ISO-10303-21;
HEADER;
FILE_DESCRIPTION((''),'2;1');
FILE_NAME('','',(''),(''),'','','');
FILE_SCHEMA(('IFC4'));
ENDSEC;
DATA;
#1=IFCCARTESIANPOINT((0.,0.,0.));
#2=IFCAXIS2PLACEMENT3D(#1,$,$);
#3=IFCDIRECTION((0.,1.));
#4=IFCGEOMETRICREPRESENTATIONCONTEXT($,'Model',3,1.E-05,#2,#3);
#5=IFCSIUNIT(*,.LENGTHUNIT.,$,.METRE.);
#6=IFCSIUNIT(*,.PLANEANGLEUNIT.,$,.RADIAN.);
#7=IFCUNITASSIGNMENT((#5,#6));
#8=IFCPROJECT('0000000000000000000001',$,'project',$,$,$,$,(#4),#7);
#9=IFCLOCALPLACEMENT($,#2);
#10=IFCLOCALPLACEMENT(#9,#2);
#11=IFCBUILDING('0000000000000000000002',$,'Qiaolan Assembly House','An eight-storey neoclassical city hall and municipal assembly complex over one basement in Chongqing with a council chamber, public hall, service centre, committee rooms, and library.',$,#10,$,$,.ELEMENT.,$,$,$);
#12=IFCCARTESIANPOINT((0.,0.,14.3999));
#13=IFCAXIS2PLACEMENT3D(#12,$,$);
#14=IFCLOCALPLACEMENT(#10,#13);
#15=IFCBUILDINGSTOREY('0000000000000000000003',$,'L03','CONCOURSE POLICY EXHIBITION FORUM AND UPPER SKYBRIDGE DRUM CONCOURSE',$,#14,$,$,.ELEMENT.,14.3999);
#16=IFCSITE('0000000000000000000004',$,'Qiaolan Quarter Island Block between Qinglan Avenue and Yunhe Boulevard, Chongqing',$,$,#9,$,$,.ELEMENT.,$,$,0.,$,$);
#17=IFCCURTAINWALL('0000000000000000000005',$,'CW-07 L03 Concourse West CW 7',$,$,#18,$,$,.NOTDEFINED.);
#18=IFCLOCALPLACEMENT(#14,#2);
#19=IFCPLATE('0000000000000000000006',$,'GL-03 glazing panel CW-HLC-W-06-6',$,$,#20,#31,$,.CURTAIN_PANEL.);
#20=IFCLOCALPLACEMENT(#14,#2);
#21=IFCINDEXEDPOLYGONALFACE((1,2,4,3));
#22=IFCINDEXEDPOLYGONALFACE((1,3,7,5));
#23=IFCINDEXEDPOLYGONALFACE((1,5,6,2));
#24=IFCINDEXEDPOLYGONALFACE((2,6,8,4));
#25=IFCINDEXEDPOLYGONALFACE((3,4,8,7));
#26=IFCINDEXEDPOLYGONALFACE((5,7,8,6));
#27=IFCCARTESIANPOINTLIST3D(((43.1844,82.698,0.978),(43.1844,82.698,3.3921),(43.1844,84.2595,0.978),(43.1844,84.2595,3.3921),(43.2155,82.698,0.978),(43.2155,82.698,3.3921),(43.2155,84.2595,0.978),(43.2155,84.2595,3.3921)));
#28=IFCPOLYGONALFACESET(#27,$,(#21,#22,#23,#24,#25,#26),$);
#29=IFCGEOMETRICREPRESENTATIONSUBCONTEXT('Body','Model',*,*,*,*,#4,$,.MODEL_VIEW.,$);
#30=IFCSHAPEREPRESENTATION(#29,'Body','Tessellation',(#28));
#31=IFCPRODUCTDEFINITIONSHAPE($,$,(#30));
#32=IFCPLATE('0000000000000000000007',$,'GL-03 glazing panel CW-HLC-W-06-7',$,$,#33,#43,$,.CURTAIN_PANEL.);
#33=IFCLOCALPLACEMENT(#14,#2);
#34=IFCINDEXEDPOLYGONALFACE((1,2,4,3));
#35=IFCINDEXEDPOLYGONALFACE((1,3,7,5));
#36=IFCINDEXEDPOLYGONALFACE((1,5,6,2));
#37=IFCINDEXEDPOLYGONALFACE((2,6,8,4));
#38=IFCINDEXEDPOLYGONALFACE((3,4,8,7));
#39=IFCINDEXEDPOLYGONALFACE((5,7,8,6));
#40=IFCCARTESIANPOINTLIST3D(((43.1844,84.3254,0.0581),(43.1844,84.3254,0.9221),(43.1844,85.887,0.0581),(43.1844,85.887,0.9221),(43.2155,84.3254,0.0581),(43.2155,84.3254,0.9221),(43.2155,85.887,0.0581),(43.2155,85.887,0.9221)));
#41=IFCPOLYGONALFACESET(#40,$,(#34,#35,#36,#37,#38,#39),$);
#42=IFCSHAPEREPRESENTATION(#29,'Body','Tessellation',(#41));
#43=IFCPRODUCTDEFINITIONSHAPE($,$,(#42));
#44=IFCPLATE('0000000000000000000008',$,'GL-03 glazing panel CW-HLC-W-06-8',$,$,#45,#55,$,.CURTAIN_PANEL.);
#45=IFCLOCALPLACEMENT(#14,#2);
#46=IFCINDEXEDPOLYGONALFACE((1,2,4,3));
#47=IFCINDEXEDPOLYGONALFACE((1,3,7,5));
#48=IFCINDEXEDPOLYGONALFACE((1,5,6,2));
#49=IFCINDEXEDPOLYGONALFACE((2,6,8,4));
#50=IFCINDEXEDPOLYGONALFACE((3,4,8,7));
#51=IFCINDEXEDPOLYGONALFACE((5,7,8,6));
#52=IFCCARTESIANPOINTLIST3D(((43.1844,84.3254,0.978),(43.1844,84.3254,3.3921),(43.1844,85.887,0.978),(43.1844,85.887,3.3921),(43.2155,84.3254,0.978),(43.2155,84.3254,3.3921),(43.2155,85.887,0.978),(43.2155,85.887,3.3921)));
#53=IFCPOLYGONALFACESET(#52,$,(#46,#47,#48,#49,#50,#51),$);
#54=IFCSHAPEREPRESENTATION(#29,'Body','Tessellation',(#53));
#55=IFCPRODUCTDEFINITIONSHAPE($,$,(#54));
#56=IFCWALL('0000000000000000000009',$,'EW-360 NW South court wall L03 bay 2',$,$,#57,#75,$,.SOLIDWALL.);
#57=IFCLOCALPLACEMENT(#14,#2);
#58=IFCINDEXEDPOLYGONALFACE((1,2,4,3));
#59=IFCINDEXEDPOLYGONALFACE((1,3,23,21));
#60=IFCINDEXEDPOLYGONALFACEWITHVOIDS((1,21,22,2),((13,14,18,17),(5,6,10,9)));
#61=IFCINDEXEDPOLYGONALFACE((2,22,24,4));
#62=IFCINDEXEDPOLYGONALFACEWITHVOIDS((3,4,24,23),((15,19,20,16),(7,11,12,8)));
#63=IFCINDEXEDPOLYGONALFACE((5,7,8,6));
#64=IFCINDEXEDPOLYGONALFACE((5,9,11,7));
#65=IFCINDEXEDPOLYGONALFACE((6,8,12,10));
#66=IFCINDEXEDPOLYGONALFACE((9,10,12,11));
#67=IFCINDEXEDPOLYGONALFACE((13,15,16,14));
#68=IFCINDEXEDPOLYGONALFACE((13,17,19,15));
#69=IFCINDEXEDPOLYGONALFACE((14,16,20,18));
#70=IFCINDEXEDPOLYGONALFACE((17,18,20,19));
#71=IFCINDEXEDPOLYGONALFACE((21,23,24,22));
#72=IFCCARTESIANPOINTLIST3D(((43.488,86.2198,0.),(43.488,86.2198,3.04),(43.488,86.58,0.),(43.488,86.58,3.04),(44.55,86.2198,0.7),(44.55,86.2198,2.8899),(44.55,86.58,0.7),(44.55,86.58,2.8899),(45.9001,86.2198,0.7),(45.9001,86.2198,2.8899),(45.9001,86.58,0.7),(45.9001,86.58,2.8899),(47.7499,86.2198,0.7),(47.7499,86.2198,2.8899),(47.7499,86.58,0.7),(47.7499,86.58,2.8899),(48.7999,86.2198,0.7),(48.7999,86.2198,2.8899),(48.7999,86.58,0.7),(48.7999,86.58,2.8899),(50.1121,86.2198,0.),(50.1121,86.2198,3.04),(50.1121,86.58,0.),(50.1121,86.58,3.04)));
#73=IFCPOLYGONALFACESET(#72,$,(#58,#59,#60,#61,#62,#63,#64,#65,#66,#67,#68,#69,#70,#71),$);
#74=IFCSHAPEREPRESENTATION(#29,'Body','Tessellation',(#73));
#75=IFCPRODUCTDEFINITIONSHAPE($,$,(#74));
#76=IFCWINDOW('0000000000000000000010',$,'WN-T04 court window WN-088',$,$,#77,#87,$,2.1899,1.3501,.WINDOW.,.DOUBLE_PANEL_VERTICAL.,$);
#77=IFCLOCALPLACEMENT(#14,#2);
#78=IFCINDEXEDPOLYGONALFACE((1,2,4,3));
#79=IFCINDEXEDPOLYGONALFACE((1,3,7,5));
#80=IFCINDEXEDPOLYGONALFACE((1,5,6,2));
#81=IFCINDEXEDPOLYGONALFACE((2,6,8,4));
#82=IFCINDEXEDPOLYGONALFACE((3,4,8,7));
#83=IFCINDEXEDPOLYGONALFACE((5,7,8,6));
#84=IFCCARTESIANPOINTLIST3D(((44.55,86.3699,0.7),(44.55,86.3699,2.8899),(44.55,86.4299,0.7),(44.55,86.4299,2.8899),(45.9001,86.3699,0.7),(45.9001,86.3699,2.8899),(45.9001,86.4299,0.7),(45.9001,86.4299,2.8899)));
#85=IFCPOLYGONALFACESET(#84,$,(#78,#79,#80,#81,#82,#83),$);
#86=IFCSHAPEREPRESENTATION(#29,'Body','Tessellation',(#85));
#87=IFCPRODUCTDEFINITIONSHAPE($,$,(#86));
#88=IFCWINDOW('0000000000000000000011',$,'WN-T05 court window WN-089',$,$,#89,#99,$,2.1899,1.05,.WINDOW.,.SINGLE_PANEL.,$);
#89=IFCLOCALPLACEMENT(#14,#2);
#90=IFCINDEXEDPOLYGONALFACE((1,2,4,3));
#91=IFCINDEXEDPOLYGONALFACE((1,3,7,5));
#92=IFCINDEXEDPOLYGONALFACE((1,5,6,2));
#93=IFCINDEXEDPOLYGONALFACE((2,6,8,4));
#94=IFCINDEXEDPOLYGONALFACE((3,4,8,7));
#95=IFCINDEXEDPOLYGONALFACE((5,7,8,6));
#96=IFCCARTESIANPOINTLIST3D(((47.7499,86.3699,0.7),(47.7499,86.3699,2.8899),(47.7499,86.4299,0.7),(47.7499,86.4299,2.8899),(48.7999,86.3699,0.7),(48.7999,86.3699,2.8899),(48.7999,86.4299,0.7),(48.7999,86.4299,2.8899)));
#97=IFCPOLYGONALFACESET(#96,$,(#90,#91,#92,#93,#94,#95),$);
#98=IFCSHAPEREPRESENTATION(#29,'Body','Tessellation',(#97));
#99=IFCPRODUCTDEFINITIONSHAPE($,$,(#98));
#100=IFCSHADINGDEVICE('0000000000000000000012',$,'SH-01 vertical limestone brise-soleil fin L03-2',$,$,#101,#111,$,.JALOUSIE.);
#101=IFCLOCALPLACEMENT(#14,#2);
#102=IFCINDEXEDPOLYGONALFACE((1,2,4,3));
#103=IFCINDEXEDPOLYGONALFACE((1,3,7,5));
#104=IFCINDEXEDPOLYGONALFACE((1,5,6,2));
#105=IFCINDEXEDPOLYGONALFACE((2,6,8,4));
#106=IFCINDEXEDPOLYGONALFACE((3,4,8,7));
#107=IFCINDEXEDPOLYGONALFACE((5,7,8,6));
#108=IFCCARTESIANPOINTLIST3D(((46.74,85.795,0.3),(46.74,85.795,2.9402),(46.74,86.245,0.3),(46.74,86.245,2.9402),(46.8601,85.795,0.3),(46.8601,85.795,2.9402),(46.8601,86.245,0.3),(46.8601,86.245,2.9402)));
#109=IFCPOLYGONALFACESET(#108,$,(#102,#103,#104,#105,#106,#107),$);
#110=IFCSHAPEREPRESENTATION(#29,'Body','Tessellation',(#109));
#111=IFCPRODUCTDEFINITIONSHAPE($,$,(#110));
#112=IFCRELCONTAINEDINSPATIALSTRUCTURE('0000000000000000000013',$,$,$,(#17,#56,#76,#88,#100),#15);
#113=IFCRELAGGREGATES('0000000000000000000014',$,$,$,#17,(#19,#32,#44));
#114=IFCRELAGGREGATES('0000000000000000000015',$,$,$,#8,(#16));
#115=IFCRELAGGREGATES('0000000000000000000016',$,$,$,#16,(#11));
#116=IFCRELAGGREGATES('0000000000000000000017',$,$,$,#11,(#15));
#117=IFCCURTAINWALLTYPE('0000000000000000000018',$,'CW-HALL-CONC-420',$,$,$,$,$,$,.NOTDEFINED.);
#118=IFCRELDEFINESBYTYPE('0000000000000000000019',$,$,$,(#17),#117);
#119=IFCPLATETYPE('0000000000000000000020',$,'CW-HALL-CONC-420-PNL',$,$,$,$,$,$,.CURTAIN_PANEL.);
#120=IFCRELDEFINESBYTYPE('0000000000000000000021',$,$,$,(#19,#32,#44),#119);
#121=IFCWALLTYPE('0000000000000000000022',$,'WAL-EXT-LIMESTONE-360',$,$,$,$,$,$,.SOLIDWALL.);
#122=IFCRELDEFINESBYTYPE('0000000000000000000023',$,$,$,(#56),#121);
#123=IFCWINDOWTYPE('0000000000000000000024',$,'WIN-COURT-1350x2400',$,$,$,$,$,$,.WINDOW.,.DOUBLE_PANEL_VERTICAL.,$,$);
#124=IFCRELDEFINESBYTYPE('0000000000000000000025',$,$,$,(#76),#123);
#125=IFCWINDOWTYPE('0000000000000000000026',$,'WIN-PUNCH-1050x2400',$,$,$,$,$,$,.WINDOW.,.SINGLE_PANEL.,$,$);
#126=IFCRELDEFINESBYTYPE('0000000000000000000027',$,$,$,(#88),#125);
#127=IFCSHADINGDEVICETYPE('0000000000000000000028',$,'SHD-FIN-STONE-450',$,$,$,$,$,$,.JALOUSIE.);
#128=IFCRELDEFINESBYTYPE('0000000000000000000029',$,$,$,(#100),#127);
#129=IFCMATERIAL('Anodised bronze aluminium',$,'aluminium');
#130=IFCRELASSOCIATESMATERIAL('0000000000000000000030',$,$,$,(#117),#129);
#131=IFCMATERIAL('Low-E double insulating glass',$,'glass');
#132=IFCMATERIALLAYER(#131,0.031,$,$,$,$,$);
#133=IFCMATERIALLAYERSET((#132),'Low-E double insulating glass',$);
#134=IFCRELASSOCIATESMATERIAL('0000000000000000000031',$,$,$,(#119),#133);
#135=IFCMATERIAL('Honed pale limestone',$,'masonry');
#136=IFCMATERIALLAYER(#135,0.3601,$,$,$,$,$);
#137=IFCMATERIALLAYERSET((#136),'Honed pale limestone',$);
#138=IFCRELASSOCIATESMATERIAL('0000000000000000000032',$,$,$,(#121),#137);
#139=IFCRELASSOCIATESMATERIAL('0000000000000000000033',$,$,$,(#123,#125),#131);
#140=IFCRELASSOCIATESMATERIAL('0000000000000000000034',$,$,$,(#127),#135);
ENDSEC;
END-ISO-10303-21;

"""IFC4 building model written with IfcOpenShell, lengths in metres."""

from ifc_helpers import new_model, si_unit, direction, frame, frame_2d, origin, origin_2d, place, context, subcontext, project, spatial, rectangle, extrude, material, layer, layer_set, material_profile, profile_set, type_object, element, fill, aggregate, save


model = new_model("IFC4")

# Units and contexts
model_context = context("Model", 3, precision=1e-05, world=origin(), true_north=direction((0.0, 1.0)))
body_context = subcontext(model_context, "Body", "Model", "MODEL_VIEW")
ifc_project = project(units=[si_unit("LENGTHUNIT", "METRE"), si_unit("PLANEANGLEUNIT", "RADIAN")], contexts=[model_context])

# Site, building, storey
site_placement = place(None, origin())
site = spatial("IfcSite", under=ifc_project, at=site_placement, Name="Qiaolan Quarter Island Block between Qinglan Avenue and Yunhe Boulevard, Chongqing", CompositionType="ELEMENT", RefElevation=0.0)
building_placement = place(site_placement, origin())
building = spatial("IfcBuilding", under=site, at=building_placement, Name="Qiaolan Assembly House", Description="An eight-storey neoclassical city hall and municipal assembly complex over one basement in Chongqing with a council chamber, public hall, service centre, committee rooms, and library.", CompositionType="ELEMENT")
storey_placement = place(building_placement, frame((0.0, 0.0, 14.3999)))
storey = spatial("IfcBuildingStorey", under=building, at=storey_placement, Name="L03", Description="CONCOURSE POLICY EXHIBITION FORUM AND UPPER SKYBRIDGE DRUM CONCOURSE", CompositionType="ELEMENT", Elevation=14.3999)

# Curtain wall, plates
ifc_material_1 = material(Name="Anodised bronze aluminium", Category="aluminium")
curtain_wall_type = type_object("IfcCurtainWallType", Name="CW-HALL-CONC-420", PredefinedType="NOTDEFINED", material=ifc_material_1)
curtain_wall_placement = place(storey_placement, origin())
curtain_wall = element("IfcCurtainWall", 1, at=curtain_wall_placement, inside=storey, type_object=curtain_wall_type, Name="CW-07 L03 Concourse West CW 7", PredefinedType="NOTDEFINED")
ifc_material_2 = material(Name="Low-E double insulating glass", Category="glass")
ifc_layer_1 = layer(ifc_material_2, 0.031)
ifc_layer_set_1 = layer_set([ifc_layer_1], Name="Low-E double insulating glass")
plate_type = type_object("IfcPlateType", Name="CW-HALL-CONC-420-PNL", PredefinedType="CURTAIN_PANEL", material=ifc_layer_set_1)
plate_1_placement = place(storey_placement, frame((43.2, 82.698, 0.978), z_axis=(0.0, 0.0, 1.0), x_axis=(0.0, 1.0, 0.0)))
plate_1 = element("IfcPlate", 2, at=plate_1_placement, type_object=plate_type, Name="GL-03 glazing panel CW-HLC-W-06-6", PredefinedType="CURTAIN_PANEL", context=body_context, shape_type="SweptSolid", body=[
    extrude(rectangle(XDim=1.5615, YDim=0.031, at=frame_2d((0.7808, 0.0))), origin(), (0.0, 0.0, 1.0), 2.4141),
])
plate_2_placement = place(storey_placement, frame((43.2, 84.3254, 0.0581), z_axis=(0.0, 0.0, 1.0), x_axis=(0.0, 1.0, 0.0)))
plate_2 = element("IfcPlate", 3, at=plate_2_placement, type_object=plate_type, Name="GL-03 glazing panel CW-HLC-W-06-7", PredefinedType="CURTAIN_PANEL", context=body_context, shape_type="SweptSolid", body=[
    extrude(rectangle(XDim=1.5615, YDim=0.031, at=frame_2d((0.7808, 0.0))), origin(), (0.0, 0.0, 1.0), 0.864),
])
plate_3_placement = place(storey_placement, frame((43.2, 84.3254, 0.978), z_axis=(0.0, 0.0, 1.0), x_axis=(0.0, 1.0, 0.0)))
plate_3 = element("IfcPlate", 4, at=plate_3_placement, type_object=plate_type, Name="GL-03 glazing panel CW-HLC-W-06-8", PredefinedType="CURTAIN_PANEL", context=body_context, shape_type="SweptSolid", body=[
    extrude(rectangle(XDim=1.5615, YDim=0.031, at=frame_2d((0.7808, 0.0))), origin(), (0.0, 0.0, 1.0), 2.4141),
])
aggregate(curtain_wall, [plate_1, plate_2, plate_3])

# Wall, openings, windows
ifc_material_3 = material(Name="Honed pale limestone", Category="masonry")
ifc_layer_2 = layer(ifc_material_3, 0.3601)
ifc_layer_set_2 = layer_set([ifc_layer_2], Name="Honed pale limestone")
wall_type = type_object("IfcWallType", Name="WAL-EXT-LIMESTONE-360", PredefinedType="SOLIDWALL", material=ifc_layer_set_2)
wall_placement = place(storey_placement, frame((43.488, 86.3999, 0.0), z_axis=(0.0, 0.0, 1.0), x_axis=(1.0, 0.0, 0.0)))
wall = element("IfcWall", 5, at=wall_placement, inside=storey, type_object=wall_type, Name="EW-360 NW South court wall L03 bay 2", PredefinedType="SOLIDWALL", context=body_context, shape_type="SweptSolid", body=[
    extrude(rectangle(XDim=6.624, YDim=0.3601, at=frame_2d((3.312, 0.0))), origin(), (0.0, 0.0, 1.0), 3.04),
])
opening_1_placement = place(wall_placement, frame((1.062, 0.0, 0.7)))
opening_1 = element("IfcOpeningElement", 6, at=opening_1_placement, cuts=wall, PredefinedType="OPENING", context=body_context, shape_type="SweptSolid", body=[
    extrude(rectangle(XDim=1.3501, YDim=2.1899, at=frame_2d((0.675, 1.095))), frame((0.0, 0.1899, 0.0), z_axis=(0.0, -1.0, 0.0), x_axis=(1.0, 0.0, 0.0)), (0.0, 0.0, 1.0), 0.3801),
])
opening_2_placement = place(wall_placement, frame((4.262, 0.0, 0.7)))
opening_2 = element("IfcOpeningElement", 7, at=opening_2_placement, cuts=wall, PredefinedType="OPENING", context=body_context, shape_type="SweptSolid", body=[
    extrude(rectangle(XDim=1.05, YDim=2.1899, at=frame_2d((0.5249, 1.095))), frame((0.0, 0.1899, 0.0), z_axis=(0.0, -1.0, 0.0), x_axis=(1.0, 0.0, 0.0)), (0.0, 0.0, 1.0), 0.3801),
])
window_type_1 = type_object("IfcWindowType", Name="WIN-COURT-1350x2400", PartitioningType="DOUBLE_PANEL_VERTICAL", PredefinedType="WINDOW", material=ifc_material_2)
window_1_placement = place(opening_1_placement, origin())
window_1 = element("IfcWindow", 8, at=window_1_placement, inside=storey, type_object=window_type_1, Name="WN-T04 court window WN-088", OverallHeight=2.1899, OverallWidth=1.3501, PartitioningType="DOUBLE_PANEL_VERTICAL", PredefinedType="WINDOW", context=body_context, shape_type="SweptSolid", body=[
    extrude(rectangle(XDim=1.3501, YDim=2.1899, at=frame_2d((0.675, 1.095))), frame((0.0, 0.03, 0.0), z_axis=(0.0, -1.0, 0.0), x_axis=(1.0, 0.0, 0.0)), (0.0, 0.0, 1.0), 0.0601),
])
fill(opening_1, window_1)
window_type_2 = type_object("IfcWindowType", Name="WIN-PUNCH-1050x2400", PartitioningType="SINGLE_PANEL", PredefinedType="WINDOW", material=ifc_material_2)
window_2_placement = place(opening_2_placement, origin())
window_2 = element("IfcWindow", 9, at=window_2_placement, inside=storey, type_object=window_type_2, Name="WN-T05 court window WN-089", OverallHeight=2.1899, OverallWidth=1.05, PartitioningType="SINGLE_PANEL", PredefinedType="WINDOW", context=body_context, shape_type="SweptSolid", body=[
    extrude(rectangle(XDim=1.05, YDim=2.1899, at=frame_2d((0.5249, 1.095))), frame((0.0, 0.03, 0.0), z_axis=(0.0, -1.0, 0.0), x_axis=(1.0, 0.0, 0.0)), (0.0, 0.0, 1.0), 0.0601),
])
fill(opening_2, window_2)

# Shading device
ifc_material_profile_1 = material_profile(ifc_material_3, rectangle(XDim=0.1201, YDim=0.45, at=origin_2d()), Name="FIN 120x450")
ifc_profile_set_1 = profile_set([ifc_material_profile_1], Name="Honed pale limestone")
shading_device_type = type_object("IfcShadingDeviceType", Name="SHD-FIN-STONE-450", PredefinedType="JALOUSIE", material=ifc_profile_set_1)
shading_device_placement = place(storey_placement, frame((46.8, 86.02, 0.3), z_axis=(0.0, 0.0, 1.0), x_axis=(1.0, 0.0, 0.0)))
element("IfcShadingDevice", 10, at=shading_device_placement, inside=storey, type_object=shading_device_type, Name="SH-01 vertical limestone brise-soleil fin L03-2", PredefinedType="JALOUSIE", context=body_context, shape_type="SweptSolid", body=[
    extrude(rectangle(XDim=0.1201, YDim=0.45, at=origin_2d()), origin(), (0.0, 0.0, 1.0), 2.6401),
])

save(model, "model.ifc")
